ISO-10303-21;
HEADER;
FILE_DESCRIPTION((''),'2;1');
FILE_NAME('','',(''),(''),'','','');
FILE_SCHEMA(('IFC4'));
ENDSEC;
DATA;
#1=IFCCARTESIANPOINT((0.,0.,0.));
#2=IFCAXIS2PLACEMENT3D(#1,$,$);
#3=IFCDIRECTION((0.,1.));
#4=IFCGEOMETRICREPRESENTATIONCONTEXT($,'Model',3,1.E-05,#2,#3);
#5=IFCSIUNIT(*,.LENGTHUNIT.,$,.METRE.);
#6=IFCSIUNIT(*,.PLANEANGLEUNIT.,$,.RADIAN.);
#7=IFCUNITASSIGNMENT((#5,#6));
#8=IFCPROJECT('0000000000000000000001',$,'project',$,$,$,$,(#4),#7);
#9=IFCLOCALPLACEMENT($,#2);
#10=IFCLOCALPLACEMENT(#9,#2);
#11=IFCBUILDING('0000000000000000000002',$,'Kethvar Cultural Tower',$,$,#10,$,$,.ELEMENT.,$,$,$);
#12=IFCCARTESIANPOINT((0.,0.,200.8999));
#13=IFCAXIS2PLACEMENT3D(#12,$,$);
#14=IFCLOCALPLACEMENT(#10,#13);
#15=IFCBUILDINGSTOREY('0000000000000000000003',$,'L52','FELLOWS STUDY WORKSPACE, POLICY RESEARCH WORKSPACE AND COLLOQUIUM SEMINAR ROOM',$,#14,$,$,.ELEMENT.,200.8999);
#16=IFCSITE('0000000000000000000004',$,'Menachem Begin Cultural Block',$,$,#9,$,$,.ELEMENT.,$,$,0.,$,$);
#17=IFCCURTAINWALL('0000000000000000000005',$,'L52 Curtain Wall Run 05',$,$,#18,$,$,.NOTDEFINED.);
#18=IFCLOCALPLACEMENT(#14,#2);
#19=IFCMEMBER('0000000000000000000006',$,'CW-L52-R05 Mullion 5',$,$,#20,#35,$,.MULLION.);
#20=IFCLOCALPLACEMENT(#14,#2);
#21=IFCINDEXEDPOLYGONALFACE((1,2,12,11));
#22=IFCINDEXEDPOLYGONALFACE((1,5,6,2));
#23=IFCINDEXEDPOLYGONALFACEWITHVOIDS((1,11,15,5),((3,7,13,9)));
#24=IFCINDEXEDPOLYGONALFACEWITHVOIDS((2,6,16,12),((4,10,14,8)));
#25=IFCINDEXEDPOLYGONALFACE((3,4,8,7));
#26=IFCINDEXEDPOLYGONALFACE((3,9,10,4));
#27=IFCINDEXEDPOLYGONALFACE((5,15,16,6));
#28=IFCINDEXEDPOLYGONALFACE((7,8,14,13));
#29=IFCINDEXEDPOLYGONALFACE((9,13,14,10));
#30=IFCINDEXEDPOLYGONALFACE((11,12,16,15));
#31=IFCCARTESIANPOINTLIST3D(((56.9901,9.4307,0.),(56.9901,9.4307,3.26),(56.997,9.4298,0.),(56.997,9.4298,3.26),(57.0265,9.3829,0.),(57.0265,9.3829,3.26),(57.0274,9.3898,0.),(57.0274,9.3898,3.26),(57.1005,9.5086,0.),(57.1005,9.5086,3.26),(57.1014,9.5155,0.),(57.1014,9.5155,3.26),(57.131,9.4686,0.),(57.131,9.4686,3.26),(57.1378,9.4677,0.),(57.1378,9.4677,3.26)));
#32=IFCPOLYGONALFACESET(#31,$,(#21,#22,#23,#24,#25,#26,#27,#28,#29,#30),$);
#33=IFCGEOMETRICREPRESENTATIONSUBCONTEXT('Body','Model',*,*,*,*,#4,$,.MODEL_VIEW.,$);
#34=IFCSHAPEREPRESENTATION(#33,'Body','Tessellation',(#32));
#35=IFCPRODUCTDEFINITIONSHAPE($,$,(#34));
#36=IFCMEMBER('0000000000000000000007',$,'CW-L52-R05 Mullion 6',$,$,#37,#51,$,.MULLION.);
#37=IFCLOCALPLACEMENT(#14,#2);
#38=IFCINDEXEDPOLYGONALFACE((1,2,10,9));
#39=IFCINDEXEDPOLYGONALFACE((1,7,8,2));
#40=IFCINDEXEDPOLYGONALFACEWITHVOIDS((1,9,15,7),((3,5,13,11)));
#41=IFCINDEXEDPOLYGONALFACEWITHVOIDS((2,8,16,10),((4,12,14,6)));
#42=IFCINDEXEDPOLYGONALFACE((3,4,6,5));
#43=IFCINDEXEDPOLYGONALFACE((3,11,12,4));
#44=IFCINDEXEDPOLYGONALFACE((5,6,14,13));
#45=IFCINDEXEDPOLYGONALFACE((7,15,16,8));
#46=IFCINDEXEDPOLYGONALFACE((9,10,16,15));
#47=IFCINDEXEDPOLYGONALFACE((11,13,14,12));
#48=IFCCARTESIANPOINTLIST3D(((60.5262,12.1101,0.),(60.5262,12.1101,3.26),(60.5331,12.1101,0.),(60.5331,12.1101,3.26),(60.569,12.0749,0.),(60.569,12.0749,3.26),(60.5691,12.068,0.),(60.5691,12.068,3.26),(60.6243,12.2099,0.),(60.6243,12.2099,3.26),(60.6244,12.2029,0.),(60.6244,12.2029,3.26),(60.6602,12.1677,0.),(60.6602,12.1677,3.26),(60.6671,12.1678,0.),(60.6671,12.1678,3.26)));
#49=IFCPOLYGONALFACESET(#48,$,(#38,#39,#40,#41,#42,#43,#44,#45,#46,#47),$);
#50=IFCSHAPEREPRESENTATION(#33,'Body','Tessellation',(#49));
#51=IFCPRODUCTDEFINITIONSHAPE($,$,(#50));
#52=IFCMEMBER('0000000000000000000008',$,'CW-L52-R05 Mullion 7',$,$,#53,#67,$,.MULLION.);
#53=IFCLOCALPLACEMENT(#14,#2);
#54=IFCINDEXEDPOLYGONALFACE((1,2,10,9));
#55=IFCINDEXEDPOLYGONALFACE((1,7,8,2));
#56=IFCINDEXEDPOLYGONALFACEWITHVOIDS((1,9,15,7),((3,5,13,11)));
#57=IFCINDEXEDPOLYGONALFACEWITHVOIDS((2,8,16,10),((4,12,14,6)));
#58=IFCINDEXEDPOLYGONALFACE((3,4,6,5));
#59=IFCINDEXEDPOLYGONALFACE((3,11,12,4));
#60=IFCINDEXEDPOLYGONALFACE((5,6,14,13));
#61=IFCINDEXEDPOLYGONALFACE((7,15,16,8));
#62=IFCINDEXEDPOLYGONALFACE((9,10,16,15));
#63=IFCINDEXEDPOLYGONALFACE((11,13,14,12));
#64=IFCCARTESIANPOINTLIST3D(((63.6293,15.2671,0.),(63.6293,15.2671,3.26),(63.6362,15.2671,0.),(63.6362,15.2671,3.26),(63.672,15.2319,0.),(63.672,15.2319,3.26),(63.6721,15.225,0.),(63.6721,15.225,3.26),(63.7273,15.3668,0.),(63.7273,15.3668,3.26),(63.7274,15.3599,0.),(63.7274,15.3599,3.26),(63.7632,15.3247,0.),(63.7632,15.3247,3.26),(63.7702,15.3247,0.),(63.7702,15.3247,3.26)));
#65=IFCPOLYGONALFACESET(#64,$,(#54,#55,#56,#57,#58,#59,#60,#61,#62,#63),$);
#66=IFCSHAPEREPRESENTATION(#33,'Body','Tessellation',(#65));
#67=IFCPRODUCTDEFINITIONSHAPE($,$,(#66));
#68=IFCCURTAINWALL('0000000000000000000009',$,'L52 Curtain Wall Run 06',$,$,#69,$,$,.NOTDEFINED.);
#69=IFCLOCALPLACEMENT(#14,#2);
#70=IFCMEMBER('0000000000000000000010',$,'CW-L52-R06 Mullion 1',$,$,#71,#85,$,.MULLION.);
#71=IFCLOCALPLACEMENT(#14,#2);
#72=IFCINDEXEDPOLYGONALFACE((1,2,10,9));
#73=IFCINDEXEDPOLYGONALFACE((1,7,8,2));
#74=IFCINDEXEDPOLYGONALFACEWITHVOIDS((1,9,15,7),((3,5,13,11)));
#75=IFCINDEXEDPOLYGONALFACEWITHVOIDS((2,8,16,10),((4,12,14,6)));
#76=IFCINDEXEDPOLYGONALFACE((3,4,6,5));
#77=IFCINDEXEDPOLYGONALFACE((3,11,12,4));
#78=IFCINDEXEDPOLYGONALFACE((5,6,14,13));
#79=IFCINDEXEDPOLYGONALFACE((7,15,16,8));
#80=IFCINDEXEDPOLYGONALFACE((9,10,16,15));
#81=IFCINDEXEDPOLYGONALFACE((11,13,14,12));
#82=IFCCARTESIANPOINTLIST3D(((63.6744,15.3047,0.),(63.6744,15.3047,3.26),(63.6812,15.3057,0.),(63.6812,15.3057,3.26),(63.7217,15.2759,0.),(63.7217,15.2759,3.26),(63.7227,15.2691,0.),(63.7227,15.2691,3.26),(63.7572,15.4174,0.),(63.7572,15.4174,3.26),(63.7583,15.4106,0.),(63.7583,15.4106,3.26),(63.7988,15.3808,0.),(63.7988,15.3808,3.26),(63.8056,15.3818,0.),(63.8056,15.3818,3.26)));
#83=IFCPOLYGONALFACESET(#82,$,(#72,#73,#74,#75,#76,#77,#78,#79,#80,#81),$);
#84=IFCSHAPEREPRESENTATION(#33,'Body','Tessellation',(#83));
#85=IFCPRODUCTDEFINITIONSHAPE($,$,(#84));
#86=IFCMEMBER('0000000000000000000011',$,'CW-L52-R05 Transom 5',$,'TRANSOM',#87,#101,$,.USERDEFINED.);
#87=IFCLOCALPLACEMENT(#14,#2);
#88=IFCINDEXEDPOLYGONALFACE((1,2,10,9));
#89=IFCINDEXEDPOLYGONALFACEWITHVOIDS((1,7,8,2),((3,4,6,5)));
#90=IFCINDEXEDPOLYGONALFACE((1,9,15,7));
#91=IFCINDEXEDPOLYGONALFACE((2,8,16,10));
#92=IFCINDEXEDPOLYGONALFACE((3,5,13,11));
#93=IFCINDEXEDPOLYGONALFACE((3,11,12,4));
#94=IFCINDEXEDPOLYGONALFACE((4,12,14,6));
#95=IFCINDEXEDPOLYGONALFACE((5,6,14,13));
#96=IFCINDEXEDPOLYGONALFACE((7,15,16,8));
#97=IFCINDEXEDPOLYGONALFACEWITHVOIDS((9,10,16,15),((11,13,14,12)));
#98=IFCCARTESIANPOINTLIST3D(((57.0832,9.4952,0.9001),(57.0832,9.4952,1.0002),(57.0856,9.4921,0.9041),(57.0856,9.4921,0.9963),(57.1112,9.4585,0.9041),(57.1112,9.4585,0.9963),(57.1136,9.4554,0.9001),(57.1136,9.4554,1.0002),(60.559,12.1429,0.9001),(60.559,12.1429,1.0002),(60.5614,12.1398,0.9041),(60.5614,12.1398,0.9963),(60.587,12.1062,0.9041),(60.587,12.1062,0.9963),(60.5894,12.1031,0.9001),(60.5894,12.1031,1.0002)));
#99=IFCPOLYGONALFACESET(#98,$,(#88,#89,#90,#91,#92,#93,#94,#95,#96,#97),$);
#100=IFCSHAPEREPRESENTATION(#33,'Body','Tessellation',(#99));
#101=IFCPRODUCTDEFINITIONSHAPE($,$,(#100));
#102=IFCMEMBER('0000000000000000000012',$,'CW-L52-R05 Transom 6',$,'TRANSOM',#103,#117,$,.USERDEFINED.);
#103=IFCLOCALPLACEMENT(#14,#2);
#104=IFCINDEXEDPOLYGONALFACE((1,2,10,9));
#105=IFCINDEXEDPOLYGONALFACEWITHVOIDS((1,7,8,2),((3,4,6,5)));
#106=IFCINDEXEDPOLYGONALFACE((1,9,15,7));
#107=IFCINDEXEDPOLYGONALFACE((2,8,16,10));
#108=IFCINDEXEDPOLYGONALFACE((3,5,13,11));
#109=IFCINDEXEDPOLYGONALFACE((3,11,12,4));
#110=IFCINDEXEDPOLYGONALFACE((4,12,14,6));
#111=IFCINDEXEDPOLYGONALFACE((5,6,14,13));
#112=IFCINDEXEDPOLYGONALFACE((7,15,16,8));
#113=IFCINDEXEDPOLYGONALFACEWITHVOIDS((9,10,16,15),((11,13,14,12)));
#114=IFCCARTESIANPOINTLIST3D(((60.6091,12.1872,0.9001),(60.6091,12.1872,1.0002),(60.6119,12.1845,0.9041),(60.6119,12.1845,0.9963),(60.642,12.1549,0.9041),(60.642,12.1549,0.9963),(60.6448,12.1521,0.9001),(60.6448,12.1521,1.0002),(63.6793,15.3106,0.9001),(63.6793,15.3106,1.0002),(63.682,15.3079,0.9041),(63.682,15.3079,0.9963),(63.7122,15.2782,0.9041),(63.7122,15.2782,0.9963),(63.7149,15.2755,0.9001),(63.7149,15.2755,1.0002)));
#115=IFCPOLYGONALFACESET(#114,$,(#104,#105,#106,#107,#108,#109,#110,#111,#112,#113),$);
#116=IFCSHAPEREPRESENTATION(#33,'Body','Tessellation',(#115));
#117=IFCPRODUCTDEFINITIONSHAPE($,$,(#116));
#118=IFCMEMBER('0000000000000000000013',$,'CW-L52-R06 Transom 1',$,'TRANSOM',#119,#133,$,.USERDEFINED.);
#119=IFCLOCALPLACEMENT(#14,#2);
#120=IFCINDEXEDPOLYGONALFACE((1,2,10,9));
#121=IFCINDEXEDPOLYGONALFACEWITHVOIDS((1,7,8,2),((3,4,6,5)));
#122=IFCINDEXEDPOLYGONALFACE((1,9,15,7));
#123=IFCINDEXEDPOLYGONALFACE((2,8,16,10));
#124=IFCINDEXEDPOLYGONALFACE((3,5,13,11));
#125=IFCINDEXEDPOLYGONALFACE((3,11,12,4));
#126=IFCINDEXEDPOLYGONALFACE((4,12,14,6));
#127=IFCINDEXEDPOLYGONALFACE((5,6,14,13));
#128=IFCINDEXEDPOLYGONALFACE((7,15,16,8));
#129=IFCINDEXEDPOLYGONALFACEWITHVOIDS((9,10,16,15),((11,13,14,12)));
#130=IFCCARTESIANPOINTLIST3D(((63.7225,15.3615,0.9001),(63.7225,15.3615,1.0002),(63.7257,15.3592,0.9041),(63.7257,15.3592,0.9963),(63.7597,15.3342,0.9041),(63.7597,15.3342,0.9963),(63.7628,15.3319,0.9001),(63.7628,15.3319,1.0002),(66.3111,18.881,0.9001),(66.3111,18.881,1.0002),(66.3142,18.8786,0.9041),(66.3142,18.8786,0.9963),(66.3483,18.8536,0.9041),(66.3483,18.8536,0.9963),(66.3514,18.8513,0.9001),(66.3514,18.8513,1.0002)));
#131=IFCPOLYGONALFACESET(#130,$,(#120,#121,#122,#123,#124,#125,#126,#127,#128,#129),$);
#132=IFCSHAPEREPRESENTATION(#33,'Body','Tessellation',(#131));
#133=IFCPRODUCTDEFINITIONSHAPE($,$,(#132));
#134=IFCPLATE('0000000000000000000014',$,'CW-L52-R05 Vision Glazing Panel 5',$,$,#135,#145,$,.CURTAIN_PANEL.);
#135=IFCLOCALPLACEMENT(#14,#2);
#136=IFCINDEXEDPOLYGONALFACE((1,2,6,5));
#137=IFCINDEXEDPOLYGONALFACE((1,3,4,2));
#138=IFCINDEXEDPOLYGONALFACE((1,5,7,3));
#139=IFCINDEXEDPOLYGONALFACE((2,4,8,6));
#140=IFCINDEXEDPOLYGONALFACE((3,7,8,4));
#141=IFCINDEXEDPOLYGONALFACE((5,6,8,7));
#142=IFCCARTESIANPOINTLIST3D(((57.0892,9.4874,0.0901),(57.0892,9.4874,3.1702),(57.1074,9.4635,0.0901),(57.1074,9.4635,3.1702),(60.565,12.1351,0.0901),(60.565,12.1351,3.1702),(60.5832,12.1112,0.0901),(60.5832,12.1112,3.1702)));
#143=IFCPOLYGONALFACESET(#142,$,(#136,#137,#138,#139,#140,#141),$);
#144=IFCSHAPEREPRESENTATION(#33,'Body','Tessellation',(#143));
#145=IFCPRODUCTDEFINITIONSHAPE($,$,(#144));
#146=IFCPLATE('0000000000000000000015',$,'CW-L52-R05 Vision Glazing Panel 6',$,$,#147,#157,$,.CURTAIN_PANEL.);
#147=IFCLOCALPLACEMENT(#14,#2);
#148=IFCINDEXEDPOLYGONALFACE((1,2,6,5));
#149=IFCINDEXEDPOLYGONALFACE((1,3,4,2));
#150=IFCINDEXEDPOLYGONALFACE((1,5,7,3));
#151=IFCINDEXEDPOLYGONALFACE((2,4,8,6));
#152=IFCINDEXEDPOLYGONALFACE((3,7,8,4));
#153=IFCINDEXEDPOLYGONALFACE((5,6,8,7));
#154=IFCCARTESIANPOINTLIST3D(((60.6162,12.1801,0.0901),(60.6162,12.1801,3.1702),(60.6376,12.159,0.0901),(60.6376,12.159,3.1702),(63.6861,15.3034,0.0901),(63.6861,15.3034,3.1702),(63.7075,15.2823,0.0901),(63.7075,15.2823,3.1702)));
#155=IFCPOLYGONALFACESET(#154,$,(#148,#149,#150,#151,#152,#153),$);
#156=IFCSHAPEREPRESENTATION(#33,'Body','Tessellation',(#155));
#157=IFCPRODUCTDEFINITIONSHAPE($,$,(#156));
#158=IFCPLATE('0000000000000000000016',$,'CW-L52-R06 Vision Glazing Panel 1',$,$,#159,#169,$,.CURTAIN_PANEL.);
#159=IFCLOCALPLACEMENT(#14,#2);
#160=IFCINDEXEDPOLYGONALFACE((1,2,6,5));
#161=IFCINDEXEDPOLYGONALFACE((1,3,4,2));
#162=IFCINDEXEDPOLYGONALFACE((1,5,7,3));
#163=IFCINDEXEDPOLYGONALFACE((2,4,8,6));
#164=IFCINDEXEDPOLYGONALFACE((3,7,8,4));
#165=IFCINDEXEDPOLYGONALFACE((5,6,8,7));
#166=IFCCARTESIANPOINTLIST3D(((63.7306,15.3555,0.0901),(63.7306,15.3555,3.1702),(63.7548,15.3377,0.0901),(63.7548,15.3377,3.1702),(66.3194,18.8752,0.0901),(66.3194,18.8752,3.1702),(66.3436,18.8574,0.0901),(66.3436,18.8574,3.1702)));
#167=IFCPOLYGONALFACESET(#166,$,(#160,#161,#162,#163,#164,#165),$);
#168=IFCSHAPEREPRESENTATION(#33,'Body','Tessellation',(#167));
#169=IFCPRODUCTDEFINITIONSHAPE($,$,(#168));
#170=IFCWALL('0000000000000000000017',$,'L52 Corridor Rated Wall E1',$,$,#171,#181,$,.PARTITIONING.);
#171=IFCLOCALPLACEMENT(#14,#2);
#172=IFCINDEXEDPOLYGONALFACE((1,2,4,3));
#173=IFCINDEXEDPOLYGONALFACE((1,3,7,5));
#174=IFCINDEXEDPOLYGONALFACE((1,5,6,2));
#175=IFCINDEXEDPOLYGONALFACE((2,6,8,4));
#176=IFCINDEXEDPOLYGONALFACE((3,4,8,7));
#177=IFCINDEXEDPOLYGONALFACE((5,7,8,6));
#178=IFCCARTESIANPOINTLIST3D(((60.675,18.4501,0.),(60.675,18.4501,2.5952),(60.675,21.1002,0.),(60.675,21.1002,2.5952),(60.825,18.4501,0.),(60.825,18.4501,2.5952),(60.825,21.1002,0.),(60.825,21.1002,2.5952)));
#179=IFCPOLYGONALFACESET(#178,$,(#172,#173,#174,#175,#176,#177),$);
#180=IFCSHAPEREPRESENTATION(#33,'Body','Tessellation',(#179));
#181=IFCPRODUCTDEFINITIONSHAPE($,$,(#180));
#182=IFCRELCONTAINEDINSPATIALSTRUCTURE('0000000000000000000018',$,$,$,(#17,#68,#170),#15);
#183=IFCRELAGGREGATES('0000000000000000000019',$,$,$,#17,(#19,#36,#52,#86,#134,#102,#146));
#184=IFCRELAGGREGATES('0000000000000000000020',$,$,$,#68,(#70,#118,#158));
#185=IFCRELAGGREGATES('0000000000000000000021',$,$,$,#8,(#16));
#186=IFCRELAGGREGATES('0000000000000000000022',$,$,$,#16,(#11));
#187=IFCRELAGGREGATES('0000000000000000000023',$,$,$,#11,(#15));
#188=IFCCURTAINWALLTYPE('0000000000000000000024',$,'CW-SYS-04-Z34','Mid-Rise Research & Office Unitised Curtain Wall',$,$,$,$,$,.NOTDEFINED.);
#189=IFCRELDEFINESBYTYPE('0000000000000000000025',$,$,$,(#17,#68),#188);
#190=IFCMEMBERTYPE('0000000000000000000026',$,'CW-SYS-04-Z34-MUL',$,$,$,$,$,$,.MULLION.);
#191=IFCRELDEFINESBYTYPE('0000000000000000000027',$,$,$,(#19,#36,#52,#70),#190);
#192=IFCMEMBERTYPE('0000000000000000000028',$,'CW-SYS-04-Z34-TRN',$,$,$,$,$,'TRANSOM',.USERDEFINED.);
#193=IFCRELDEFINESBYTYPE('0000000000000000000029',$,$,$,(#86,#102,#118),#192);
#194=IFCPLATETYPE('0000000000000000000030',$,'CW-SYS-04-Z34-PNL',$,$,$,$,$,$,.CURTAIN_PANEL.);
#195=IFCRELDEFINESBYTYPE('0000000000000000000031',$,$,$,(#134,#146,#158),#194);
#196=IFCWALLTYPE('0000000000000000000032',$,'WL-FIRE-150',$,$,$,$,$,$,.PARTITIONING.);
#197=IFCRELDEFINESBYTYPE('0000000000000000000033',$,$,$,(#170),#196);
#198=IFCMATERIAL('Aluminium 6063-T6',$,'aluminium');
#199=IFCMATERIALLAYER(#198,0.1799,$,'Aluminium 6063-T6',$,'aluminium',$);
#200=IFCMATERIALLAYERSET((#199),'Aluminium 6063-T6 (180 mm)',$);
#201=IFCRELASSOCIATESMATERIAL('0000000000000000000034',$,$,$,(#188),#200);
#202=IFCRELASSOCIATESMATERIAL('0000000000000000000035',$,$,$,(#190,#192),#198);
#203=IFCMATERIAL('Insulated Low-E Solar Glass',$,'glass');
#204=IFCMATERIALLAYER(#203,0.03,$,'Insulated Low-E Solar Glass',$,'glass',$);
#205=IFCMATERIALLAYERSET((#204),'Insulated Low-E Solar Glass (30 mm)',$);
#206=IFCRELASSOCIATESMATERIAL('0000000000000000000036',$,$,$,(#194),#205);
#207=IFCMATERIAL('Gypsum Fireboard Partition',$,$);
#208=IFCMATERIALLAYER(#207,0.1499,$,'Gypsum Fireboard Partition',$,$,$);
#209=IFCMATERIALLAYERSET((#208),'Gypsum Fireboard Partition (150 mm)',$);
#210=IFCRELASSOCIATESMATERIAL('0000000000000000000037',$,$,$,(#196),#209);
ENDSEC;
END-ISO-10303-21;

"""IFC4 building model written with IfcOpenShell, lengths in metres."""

from ifc_helpers import new_model, si_unit, direction, frame, frame_2d, origin, origin_2d, place, context, subcontext, project, spatial, rectangle, hollow_rectangle, extrude, source, transform, mapped, material, layer, layer_set, material_profile, profile_set, type_object, element, aggregate, save


model = new_model("IFC4")

# Units and contexts
model_context = context("Model", 3, precision=1e-05, world=origin(), true_north=direction((0.0, 1.0)))
body_context = subcontext(model_context, "Body", "Model", "MODEL_VIEW")
ifc_project = project(units=[si_unit("LENGTHUNIT", "METRE"), si_unit("PLANEANGLEUNIT", "RADIAN")], contexts=[model_context])

# Site, building, storey
site_placement = place(None, origin())
site = spatial("IfcSite", under=ifc_project, at=site_placement, Name="Menachem Begin Cultural Block", CompositionType="ELEMENT", RefElevation=0.0)
building_placement = place(site_placement, origin())
building = spatial("IfcBuilding", under=site, at=building_placement, Name="Kethvar Cultural Tower", CompositionType="ELEMENT")
storey_placement = place(building_placement, frame((0.0, 0.0, 200.8999)))
storey = spatial("IfcBuildingStorey", under=building, at=storey_placement, Name="L52", Description="FELLOWS STUDY WORKSPACE, POLICY RESEARCH WORKSPACE AND COLLOQUIUM SEMINAR ROOM", CompositionType="ELEMENT", Elevation=200.8999)

# Curtain wall, members
ifc_material_1 = material(Name="Aluminium 6063-T6", Category="aluminium")
ifc_layer_1 = layer(ifc_material_1, 0.1799, Name="Aluminium 6063-T6", Category="aluminium")
ifc_layer_set_1 = layer_set([ifc_layer_1], Name="Aluminium 6063-T6 (180 mm)")
curtain_wall_type = type_object("IfcCurtainWallType", Name="CW-SYS-04-Z34", Description="Mid-Rise Research & Office Unitised Curtain Wall", PredefinedType="NOTDEFINED", material=ifc_layer_set_1)
curtain_wall_1_placement = place(storey_placement, origin())
curtain_wall_1 = element("IfcCurtainWall", 1, at=curtain_wall_1_placement, inside=storey, type_object=curtain_wall_type, Name="L52 Curtain Wall Run 05", PredefinedType="NOTDEFINED")
ifc_material_profile_1 = material_profile(ifc_material_1, hollow_rectangle(XDim=0.0601, YDim=0.1399, WallThickness=0.0049, at=origin_2d()), Name="Aluminium 6063-T6 — RHS140x60x5")
ifc_profile_set_1 = profile_set([ifc_material_profile_1], Name="Aluminium 6063-T6 — RHS140x60x5")
member_type_1 = type_object("IfcMemberType", Name="CW-SYS-04-Z34-MUL", PredefinedType="MULLION", material=ifc_profile_set_1)
shared_shape_1 = source(origin(), body_context, "Body", "SweptSolid", [
    extrude(hollow_rectangle(XDim=0.0601, YDim=0.1399, WallThickness=0.0049, at=origin_2d()), origin(), (0.0, 0.0, 1.0), 3.26),
])
member_1_placement = place(storey_placement, frame((57.064, 9.4492, 0.0), z_axis=(0.0, 0.0, 1.0), x_axis=(-0.605961, 0.795495, 0.0)))
member_1 = element("IfcMember", 2, at=member_1_placement, type_object=member_type_1, Name="CW-L52-R05 Mullion 5", PredefinedType="MULLION", context=body_context, shape_type="MappedRepresentation", body=[
    mapped(shared_shape_1, transform((0.0, 0.0, 0.0), scale=1.0)),
])
member_2_placement = place(storey_placement, frame((60.5967, 12.1389, 0.0), z_axis=(0.0, 0.0, 1.0), x_axis=(-0.713177, 0.700984, 0.0)))
member_2 = element("IfcMember", 3, at=member_2_placement, type_object=member_type_1, Name="CW-L52-R05 Mullion 6", PredefinedType="MULLION", context=body_context, shape_type="MappedRepresentation", body=[
    mapped(shared_shape_1, transform((0.0, 0.0, 0.0), scale=1.0)),
])
member_3_placement = place(storey_placement, frame((63.6997, 15.2959, 0.0), z_axis=(0.0, 0.0, 1.0), x_axis=(-0.713177, 0.700984, 0.0)))
member_3 = element("IfcMember", 4, at=member_3_placement, type_object=member_type_1, Name="CW-L52-R05 Mullion 7", PredefinedType="MULLION", context=body_context, shape_type="MappedRepresentation", body=[
    mapped(shared_shape_1, transform((0.0, 0.0, 0.0), scale=1.0)),
])

# Curtain wall, member
curtain_wall_2_placement = place(storey_placement, origin())
curtain_wall_2 = element("IfcCurtainWall", 5, at=curtain_wall_2_placement, inside=storey, type_object=curtain_wall_type, Name="L52 Curtain Wall Run 06", PredefinedType="NOTDEFINED")
member_4_placement = place(storey_placement, frame((63.74, 15.3433, 0.0), z_axis=(0.0, 0.0, 1.0), x_axis=(-0.805566, 0.592505, 0.0)))
member_4 = element("IfcMember", 6, at=member_4_placement, type_object=member_type_1, Name="CW-L52-R06 Mullion 1", PredefinedType="MULLION", context=body_context, shape_type="MappedRepresentation", body=[
    mapped(shared_shape_1, transform((0.0, 0.0, 0.0), scale=1.0)),
])

# Members
ifc_material_profile_2 = material_profile(ifc_material_1, hollow_rectangle(XDim=0.05, YDim=0.1001, WallThickness=0.0039, at=origin_2d()), Name="Aluminium 6063-T6 — RHS100x50x4")
ifc_profile_set_2 = profile_set([ifc_material_profile_2], Name="Aluminium 6063-T6 — RHS100x50x4")
member_type_2 = type_object("IfcMemberType", Name="CW-SYS-04-Z34-TRN", ElementType="TRANSOM", PredefinedType="USERDEFINED", material=ifc_profile_set_2)
shared_shape_2 = source(origin(), body_context, "Body", "SweptSolid", [
    extrude(hollow_rectangle(XDim=0.05, YDim=0.1001, WallThickness=0.0039, at=origin_2d()), origin(), (0.0, 0.0, 1.0), 4.3694),
])
member_5_placement = place(storey_placement, frame((57.0984, 9.4753, 0.9502), z_axis=(0.795492, 0.605964, 0.0), x_axis=(-0.605964, 0.795492, 0.0)))
member_5 = element("IfcMember", 7, at=member_5_placement, type_object=member_type_2, Name="CW-L52-R05 Transom 5", ObjectType="TRANSOM", PredefinedType="USERDEFINED", context=body_context, shape_type="MappedRepresentation", body=[
    mapped(shared_shape_2, transform((0.0, 0.0, 0.0), scale=1.0)),
])
shared_shape_3 = source(origin(), body_context, "Body", "SweptSolid", [
    extrude(hollow_rectangle(XDim=0.05, YDim=0.1001, WallThickness=0.0039, at=origin_2d()), origin(), (0.0, 0.0, 1.0), 4.3796),
])
member_6_placement = place(storey_placement, frame((60.627, 12.1697, 0.9502), z_axis=(0.701004, 0.713157, 0.0), x_axis=(-0.713157, 0.701004, 0.0)))
member_6 = element("IfcMember", 8, at=member_6_placement, type_object=member_type_2, Name="CW-L52-R05 Transom 6", ObjectType="TRANSOM", PredefinedType="USERDEFINED", context=body_context, shape_type="MappedRepresentation", body=[
    mapped(shared_shape_3, transform((0.0, 0.0, 0.0), scale=1.0)),
])
shared_shape_4 = source(origin(), body_context, "Body", "SweptSolid", [
    extrude(hollow_rectangle(XDim=0.05, YDim=0.1001, WallThickness=0.0039, at=origin_2d()), origin(), (0.0, 0.0, 1.0), 4.3689),
])
member_7_placement = place(storey_placement, frame((63.7427, 15.3467, 0.9502), z_axis=(0.592499, 0.805571, 0.0), x_axis=(-0.805571, 0.592499, 0.0)))
member_7 = element("IfcMember", 9, at=member_7_placement, type_object=member_type_2, Name="CW-L52-R06 Transom 1", ObjectType="TRANSOM", PredefinedType="USERDEFINED", context=body_context, shape_type="MappedRepresentation", body=[
    mapped(shared_shape_4, transform((0.0, 0.0, 0.0), scale=1.0)),
])

# Plates
ifc_material_2 = material(Name="Insulated Low-E Solar Glass", Category="glass")
ifc_layer_2 = layer(ifc_material_2, 0.03, Name="Insulated Low-E Solar Glass", Category="glass")
ifc_layer_set_2 = layer_set([ifc_layer_2], Name="Insulated Low-E Solar Glass (30 mm)")
plate_type = type_object("IfcPlateType", Name="CW-SYS-04-Z34-PNL", PredefinedType="CURTAIN_PANEL", material=ifc_layer_set_2)
shared_shape_5 = source(origin(), body_context, "Body", "SweptSolid", [
    extrude(rectangle(XDim=4.3694, YDim=0.03, at=origin_2d()), origin(), (0.0, 0.0, 1.0), 3.0801),
])
plate_1_placement = place(storey_placement, frame((58.8362, 10.7993, 0.0901), z_axis=(0.0, 0.0, 1.0), x_axis=(0.795495, 0.605961, 0.0)))
plate_1 = element("IfcPlate", 10, at=plate_1_placement, type_object=plate_type, Name="CW-L52-R05 Vision Glazing Panel 5", PredefinedType="CURTAIN_PANEL", context=body_context, shape_type="MappedRepresentation", body=[
    mapped(shared_shape_5, transform((0.0, 0.0, 0.0), scale=1.0)),
])
shared_shape_6 = source(origin(), body_context, "Body", "SweptSolid", [
    extrude(rectangle(XDim=4.3794, YDim=0.03, at=origin_2d()), origin(), (0.0, 0.0, 1.0), 3.0801),
])
plate_2_placement = place(storey_placement, frame((62.1619, 13.7312, 0.0901), z_axis=(0.0, 0.0, 1.0), x_axis=(0.700984, 0.713177, 0.0)))
plate_2 = element("IfcPlate", 11, at=plate_2_placement, type_object=plate_type, Name="CW-L52-R05 Vision Glazing Panel 6", PredefinedType="CURTAIN_PANEL", context=body_context, shape_type="MappedRepresentation", body=[
    mapped(shared_shape_6, transform((0.0, 0.0, 0.0), scale=1.0)),
])
aggregate(curtain_wall_1, [member_1, member_2, member_3, member_5, plate_1, member_6, plate_2])
shared_shape_7 = source(origin(), body_context, "Body", "SweptSolid", [
    extrude(rectangle(XDim=4.3691, YDim=0.03, at=origin_2d()), origin(), (0.0, 0.0, 1.0), 3.0801),
])
plate_3_placement = place(storey_placement, frame((65.0371, 17.1064, 0.0901), z_axis=(0.0, 0.0, 1.0), x_axis=(0.592505, 0.805566, 0.0)))
plate_3 = element("IfcPlate", 12, at=plate_3_placement, type_object=plate_type, Name="CW-L52-R06 Vision Glazing Panel 1", PredefinedType="CURTAIN_PANEL", context=body_context, shape_type="MappedRepresentation", body=[
    mapped(shared_shape_7, transform((0.0, 0.0, 0.0), scale=1.0)),
])
aggregate(curtain_wall_2, [member_4, member_7, plate_3])

# Wall
ifc_material_3 = material(Name="Gypsum Fireboard Partition")
ifc_layer_3 = layer(ifc_material_3, 0.1499, Name="Gypsum Fireboard Partition")
ifc_layer_set_3 = layer_set([ifc_layer_3], Name="Gypsum Fireboard Partition (150 mm)")
wall_type = type_object("IfcWallType", Name="WL-FIRE-150", PredefinedType="PARTITIONING", material=ifc_layer_set_3)
wall_placement = place(storey_placement, frame((60.75, 18.45, 0.0), z_axis=(0.0, 0.0, 1.0), x_axis=(0.0, 1.0, 0.0)))
element("IfcWall", 13, at=wall_placement, inside=storey, type_object=wall_type, Name="L52 Corridor Rated Wall E1", PredefinedType="PARTITIONING", context=body_context, shape_type="SweptSolid", body=[
    extrude(rectangle(XDim=2.6501, YDim=0.1499, at=frame_2d((1.3252, 0.0))), origin(), (0.0, 0.0, 1.0), 2.5952),
])

save(model, "model.ifc")
